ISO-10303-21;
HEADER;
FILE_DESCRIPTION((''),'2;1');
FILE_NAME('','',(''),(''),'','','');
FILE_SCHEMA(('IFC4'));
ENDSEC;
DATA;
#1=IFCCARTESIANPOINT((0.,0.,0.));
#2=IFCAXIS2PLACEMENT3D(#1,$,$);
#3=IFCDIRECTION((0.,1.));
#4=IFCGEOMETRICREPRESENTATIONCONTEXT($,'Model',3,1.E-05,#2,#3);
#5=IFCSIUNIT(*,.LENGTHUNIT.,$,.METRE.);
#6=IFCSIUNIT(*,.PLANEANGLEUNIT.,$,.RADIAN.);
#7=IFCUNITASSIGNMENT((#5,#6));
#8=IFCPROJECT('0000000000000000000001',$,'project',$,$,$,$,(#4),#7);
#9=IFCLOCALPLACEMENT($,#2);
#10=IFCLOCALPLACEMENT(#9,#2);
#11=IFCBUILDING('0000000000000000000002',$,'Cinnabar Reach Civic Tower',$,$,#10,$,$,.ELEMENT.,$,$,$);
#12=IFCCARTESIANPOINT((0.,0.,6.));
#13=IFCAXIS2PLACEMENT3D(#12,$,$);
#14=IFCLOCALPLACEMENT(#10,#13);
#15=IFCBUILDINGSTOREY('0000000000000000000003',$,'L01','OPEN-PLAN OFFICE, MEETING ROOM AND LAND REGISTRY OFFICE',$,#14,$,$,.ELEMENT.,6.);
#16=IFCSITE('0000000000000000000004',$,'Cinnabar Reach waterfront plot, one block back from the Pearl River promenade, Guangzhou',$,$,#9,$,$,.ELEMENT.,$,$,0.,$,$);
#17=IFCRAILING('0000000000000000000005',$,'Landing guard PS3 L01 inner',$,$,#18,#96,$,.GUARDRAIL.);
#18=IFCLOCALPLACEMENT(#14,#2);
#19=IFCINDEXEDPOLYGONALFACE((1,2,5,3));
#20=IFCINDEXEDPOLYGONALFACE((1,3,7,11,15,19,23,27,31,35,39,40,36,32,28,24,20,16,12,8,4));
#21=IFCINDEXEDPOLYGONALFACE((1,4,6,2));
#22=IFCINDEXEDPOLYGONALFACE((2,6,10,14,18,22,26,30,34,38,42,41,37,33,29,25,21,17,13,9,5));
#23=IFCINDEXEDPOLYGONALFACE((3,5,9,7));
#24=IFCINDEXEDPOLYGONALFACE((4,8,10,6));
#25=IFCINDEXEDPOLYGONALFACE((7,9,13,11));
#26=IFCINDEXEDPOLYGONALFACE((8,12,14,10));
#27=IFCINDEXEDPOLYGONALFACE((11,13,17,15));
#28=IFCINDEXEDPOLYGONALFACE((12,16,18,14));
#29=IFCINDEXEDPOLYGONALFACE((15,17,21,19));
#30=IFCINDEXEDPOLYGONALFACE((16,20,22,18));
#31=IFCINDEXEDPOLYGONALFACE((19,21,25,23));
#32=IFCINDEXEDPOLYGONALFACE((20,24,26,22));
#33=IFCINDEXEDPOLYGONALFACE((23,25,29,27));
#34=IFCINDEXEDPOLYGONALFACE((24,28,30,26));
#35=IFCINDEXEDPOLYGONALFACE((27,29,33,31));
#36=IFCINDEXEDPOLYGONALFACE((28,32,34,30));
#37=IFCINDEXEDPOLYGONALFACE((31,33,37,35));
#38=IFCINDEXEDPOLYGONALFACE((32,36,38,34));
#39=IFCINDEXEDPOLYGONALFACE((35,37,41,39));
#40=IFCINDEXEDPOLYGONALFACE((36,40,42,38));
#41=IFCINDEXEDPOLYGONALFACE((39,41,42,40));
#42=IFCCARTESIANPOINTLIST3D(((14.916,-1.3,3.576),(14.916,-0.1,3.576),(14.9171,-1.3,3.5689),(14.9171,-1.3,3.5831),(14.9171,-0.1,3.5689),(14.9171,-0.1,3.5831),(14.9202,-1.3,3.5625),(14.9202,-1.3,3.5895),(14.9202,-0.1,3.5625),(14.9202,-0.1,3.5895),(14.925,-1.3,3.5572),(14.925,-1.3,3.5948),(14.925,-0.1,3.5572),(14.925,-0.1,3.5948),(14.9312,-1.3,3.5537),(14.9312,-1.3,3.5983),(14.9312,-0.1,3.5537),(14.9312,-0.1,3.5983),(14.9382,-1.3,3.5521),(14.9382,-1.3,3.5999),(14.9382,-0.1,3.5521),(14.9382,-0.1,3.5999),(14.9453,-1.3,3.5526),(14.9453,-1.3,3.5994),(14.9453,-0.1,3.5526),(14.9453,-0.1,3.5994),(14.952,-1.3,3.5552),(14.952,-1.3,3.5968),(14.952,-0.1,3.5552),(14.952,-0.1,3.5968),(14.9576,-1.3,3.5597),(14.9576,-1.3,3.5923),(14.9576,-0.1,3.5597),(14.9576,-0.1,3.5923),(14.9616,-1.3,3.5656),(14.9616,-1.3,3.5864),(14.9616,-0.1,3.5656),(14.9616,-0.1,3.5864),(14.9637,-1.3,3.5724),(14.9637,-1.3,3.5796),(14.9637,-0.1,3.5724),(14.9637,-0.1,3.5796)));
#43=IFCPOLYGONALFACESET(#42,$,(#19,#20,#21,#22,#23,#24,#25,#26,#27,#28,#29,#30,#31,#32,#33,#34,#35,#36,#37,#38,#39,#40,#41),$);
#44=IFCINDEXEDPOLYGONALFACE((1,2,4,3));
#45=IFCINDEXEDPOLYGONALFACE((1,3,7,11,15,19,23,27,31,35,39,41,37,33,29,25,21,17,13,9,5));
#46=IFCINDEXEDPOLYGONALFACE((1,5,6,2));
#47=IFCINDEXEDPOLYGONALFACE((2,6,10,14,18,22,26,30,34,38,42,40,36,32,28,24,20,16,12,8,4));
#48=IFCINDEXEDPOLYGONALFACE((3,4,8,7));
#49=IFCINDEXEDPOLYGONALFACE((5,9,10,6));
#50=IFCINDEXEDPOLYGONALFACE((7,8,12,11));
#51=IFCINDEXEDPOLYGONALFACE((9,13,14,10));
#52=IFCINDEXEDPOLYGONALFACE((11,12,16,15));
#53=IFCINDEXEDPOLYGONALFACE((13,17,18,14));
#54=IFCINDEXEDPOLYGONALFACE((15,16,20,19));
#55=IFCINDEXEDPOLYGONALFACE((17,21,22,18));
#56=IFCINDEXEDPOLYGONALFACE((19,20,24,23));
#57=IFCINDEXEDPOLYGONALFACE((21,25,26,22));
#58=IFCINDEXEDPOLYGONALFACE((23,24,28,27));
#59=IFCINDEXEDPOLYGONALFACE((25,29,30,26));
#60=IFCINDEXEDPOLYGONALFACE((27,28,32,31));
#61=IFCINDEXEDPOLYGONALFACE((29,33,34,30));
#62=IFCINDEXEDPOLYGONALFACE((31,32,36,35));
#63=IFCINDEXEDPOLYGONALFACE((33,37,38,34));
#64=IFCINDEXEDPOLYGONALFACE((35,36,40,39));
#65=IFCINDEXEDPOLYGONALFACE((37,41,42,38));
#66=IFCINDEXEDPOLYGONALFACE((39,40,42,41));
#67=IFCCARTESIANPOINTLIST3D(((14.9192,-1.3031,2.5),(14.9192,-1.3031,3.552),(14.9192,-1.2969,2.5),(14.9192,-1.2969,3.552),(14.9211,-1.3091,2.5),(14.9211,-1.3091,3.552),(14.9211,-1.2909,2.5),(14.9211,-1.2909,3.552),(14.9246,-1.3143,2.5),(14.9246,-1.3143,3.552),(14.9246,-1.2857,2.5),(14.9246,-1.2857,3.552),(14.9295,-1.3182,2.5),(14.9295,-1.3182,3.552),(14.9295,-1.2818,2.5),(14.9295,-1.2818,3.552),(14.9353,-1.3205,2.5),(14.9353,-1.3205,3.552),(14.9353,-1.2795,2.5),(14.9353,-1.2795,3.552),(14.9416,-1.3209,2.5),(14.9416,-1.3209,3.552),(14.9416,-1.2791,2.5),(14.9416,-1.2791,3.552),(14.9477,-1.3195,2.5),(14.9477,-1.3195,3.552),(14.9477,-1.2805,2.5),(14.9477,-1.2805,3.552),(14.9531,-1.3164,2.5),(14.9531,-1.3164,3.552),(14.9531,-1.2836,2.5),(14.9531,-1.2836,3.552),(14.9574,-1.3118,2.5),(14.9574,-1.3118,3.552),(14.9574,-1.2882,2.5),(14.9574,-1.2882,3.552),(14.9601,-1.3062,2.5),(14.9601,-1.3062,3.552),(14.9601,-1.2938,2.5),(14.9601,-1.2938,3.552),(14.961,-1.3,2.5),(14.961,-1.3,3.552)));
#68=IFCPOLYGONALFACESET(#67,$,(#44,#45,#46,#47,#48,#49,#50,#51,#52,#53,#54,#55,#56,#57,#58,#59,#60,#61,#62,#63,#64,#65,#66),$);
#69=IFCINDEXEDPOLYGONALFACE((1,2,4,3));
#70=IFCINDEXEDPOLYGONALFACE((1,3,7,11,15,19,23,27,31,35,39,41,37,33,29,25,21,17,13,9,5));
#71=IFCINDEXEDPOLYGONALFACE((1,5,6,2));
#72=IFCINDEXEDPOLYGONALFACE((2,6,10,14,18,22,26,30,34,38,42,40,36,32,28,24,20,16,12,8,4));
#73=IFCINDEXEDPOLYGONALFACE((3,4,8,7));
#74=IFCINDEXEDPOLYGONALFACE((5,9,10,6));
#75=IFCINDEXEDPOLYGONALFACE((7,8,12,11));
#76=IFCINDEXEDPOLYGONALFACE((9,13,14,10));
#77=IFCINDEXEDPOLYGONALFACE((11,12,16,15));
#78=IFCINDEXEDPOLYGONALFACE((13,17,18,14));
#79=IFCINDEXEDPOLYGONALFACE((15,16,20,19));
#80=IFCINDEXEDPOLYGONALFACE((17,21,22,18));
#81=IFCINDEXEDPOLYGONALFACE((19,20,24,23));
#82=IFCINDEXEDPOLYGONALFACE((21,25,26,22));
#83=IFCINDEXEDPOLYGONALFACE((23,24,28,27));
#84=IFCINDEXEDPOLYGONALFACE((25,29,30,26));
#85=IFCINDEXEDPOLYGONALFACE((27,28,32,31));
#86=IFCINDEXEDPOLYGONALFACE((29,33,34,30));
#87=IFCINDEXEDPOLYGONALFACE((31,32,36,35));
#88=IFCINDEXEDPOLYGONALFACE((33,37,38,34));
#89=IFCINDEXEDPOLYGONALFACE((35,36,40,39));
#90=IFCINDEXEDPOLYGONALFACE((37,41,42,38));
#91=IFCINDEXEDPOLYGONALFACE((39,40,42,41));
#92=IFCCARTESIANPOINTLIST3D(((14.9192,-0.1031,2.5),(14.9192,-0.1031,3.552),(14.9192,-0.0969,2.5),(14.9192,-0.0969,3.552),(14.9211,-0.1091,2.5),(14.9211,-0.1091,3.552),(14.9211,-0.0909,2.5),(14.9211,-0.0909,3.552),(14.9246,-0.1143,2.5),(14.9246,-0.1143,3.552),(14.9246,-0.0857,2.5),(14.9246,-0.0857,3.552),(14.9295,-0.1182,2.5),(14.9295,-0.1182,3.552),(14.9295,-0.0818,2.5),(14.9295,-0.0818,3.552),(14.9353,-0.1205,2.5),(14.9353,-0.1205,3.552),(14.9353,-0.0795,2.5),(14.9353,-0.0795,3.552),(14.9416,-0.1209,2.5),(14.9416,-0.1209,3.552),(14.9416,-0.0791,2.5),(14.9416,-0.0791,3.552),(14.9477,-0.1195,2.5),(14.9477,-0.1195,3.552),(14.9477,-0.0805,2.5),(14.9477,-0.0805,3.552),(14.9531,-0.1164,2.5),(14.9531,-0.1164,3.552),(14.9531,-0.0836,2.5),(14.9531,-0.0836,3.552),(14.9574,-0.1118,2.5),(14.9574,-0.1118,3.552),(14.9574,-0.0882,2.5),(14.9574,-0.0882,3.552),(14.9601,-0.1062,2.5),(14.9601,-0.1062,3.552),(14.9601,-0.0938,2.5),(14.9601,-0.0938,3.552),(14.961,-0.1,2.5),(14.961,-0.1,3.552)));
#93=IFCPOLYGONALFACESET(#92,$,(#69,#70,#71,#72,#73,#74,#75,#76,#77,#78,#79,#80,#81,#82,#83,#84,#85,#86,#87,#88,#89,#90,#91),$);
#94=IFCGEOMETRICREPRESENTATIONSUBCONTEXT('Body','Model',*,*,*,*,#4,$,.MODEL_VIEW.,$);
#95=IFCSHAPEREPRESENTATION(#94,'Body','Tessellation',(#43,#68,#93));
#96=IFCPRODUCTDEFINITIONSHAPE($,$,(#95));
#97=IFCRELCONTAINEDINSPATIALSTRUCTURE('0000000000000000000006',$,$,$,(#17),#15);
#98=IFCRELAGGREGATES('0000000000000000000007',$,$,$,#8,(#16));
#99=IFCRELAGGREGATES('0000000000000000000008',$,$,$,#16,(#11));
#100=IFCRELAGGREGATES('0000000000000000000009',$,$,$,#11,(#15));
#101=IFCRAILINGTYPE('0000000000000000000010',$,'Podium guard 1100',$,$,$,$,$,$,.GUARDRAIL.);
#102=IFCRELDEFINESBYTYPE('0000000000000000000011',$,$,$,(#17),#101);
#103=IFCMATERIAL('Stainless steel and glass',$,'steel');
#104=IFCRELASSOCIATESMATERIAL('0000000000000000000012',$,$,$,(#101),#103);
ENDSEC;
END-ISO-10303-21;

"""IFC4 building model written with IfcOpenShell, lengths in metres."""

from ifc_helpers import new_model, si_unit, direction, frame, origin, origin_2d, place, context, subcontext, project, spatial, circle, extrude, material, type_object, element, save


model = new_model("IFC4")

# Units and contexts
model_context = context("Model", 3, precision=1e-05, world=origin(), true_north=direction((0.0, 1.0)))
body_context = subcontext(model_context, "Body", "Model", "MODEL_VIEW")
ifc_project = project(units=[si_unit("LENGTHUNIT", "METRE"), si_unit("PLANEANGLEUNIT", "RADIAN")], contexts=[model_context])

# Site, building, storey
site_placement = place(None, origin())
site = spatial("IfcSite", under=ifc_project, at=site_placement, Name="Cinnabar Reach waterfront plot, one block back from the Pearl River promenade, Guangzhou", CompositionType="ELEMENT", RefElevation=0.0)
building_placement = place(site_placement, origin())
building = spatial("IfcBuilding", under=site, at=building_placement, Name="Cinnabar Reach Civic Tower", CompositionType="ELEMENT")
storey_placement = place(building_placement, frame((0.0, 0.0, 6.0)))
storey = spatial("IfcBuildingStorey", under=building, at=storey_placement, Name="L01", Description="OPEN-PLAN OFFICE, MEETING ROOM AND LAND REGISTRY OFFICE", CompositionType="ELEMENT", Elevation=6.0)

# Railing
ifc_material_1 = material(Name="Stainless steel and glass", Category="steel")
railing_type_1 = type_object("IfcRailingType", Name="Podium guard 1100", PredefinedType="GUARDRAIL", material=ifc_material_1)
railing_1_placement = place(storey_placement, frame((14.94, -1.3, 2.5)))
element("IfcRailing", 1, at=railing_1_placement, inside=storey, type_object=railing_type_1, Name="Landing guard PS3 L01 inner", PredefinedType="GUARDRAIL", context=body_context, shape_type="SweptSolid", body=[
    extrude(circle(Radius=0.024, at=origin_2d()), frame((0.0, 0.0, 1.076), z_axis=(0.0, 1.0, 0.0), x_axis=(-1.0, 0.0, 0.0)), (0.0, 0.0, 1.0), 1.2),
    extrude(circle(Radius=0.021, at=origin_2d()), origin(), (0.0, 0.0, 1.0), 1.052),
    extrude(circle(Radius=0.021, at=origin_2d()), frame((0.0, 1.2, 0.0)), (0.0, 0.0, 1.0), 1.052),
])

save(model, "model.ifc")
